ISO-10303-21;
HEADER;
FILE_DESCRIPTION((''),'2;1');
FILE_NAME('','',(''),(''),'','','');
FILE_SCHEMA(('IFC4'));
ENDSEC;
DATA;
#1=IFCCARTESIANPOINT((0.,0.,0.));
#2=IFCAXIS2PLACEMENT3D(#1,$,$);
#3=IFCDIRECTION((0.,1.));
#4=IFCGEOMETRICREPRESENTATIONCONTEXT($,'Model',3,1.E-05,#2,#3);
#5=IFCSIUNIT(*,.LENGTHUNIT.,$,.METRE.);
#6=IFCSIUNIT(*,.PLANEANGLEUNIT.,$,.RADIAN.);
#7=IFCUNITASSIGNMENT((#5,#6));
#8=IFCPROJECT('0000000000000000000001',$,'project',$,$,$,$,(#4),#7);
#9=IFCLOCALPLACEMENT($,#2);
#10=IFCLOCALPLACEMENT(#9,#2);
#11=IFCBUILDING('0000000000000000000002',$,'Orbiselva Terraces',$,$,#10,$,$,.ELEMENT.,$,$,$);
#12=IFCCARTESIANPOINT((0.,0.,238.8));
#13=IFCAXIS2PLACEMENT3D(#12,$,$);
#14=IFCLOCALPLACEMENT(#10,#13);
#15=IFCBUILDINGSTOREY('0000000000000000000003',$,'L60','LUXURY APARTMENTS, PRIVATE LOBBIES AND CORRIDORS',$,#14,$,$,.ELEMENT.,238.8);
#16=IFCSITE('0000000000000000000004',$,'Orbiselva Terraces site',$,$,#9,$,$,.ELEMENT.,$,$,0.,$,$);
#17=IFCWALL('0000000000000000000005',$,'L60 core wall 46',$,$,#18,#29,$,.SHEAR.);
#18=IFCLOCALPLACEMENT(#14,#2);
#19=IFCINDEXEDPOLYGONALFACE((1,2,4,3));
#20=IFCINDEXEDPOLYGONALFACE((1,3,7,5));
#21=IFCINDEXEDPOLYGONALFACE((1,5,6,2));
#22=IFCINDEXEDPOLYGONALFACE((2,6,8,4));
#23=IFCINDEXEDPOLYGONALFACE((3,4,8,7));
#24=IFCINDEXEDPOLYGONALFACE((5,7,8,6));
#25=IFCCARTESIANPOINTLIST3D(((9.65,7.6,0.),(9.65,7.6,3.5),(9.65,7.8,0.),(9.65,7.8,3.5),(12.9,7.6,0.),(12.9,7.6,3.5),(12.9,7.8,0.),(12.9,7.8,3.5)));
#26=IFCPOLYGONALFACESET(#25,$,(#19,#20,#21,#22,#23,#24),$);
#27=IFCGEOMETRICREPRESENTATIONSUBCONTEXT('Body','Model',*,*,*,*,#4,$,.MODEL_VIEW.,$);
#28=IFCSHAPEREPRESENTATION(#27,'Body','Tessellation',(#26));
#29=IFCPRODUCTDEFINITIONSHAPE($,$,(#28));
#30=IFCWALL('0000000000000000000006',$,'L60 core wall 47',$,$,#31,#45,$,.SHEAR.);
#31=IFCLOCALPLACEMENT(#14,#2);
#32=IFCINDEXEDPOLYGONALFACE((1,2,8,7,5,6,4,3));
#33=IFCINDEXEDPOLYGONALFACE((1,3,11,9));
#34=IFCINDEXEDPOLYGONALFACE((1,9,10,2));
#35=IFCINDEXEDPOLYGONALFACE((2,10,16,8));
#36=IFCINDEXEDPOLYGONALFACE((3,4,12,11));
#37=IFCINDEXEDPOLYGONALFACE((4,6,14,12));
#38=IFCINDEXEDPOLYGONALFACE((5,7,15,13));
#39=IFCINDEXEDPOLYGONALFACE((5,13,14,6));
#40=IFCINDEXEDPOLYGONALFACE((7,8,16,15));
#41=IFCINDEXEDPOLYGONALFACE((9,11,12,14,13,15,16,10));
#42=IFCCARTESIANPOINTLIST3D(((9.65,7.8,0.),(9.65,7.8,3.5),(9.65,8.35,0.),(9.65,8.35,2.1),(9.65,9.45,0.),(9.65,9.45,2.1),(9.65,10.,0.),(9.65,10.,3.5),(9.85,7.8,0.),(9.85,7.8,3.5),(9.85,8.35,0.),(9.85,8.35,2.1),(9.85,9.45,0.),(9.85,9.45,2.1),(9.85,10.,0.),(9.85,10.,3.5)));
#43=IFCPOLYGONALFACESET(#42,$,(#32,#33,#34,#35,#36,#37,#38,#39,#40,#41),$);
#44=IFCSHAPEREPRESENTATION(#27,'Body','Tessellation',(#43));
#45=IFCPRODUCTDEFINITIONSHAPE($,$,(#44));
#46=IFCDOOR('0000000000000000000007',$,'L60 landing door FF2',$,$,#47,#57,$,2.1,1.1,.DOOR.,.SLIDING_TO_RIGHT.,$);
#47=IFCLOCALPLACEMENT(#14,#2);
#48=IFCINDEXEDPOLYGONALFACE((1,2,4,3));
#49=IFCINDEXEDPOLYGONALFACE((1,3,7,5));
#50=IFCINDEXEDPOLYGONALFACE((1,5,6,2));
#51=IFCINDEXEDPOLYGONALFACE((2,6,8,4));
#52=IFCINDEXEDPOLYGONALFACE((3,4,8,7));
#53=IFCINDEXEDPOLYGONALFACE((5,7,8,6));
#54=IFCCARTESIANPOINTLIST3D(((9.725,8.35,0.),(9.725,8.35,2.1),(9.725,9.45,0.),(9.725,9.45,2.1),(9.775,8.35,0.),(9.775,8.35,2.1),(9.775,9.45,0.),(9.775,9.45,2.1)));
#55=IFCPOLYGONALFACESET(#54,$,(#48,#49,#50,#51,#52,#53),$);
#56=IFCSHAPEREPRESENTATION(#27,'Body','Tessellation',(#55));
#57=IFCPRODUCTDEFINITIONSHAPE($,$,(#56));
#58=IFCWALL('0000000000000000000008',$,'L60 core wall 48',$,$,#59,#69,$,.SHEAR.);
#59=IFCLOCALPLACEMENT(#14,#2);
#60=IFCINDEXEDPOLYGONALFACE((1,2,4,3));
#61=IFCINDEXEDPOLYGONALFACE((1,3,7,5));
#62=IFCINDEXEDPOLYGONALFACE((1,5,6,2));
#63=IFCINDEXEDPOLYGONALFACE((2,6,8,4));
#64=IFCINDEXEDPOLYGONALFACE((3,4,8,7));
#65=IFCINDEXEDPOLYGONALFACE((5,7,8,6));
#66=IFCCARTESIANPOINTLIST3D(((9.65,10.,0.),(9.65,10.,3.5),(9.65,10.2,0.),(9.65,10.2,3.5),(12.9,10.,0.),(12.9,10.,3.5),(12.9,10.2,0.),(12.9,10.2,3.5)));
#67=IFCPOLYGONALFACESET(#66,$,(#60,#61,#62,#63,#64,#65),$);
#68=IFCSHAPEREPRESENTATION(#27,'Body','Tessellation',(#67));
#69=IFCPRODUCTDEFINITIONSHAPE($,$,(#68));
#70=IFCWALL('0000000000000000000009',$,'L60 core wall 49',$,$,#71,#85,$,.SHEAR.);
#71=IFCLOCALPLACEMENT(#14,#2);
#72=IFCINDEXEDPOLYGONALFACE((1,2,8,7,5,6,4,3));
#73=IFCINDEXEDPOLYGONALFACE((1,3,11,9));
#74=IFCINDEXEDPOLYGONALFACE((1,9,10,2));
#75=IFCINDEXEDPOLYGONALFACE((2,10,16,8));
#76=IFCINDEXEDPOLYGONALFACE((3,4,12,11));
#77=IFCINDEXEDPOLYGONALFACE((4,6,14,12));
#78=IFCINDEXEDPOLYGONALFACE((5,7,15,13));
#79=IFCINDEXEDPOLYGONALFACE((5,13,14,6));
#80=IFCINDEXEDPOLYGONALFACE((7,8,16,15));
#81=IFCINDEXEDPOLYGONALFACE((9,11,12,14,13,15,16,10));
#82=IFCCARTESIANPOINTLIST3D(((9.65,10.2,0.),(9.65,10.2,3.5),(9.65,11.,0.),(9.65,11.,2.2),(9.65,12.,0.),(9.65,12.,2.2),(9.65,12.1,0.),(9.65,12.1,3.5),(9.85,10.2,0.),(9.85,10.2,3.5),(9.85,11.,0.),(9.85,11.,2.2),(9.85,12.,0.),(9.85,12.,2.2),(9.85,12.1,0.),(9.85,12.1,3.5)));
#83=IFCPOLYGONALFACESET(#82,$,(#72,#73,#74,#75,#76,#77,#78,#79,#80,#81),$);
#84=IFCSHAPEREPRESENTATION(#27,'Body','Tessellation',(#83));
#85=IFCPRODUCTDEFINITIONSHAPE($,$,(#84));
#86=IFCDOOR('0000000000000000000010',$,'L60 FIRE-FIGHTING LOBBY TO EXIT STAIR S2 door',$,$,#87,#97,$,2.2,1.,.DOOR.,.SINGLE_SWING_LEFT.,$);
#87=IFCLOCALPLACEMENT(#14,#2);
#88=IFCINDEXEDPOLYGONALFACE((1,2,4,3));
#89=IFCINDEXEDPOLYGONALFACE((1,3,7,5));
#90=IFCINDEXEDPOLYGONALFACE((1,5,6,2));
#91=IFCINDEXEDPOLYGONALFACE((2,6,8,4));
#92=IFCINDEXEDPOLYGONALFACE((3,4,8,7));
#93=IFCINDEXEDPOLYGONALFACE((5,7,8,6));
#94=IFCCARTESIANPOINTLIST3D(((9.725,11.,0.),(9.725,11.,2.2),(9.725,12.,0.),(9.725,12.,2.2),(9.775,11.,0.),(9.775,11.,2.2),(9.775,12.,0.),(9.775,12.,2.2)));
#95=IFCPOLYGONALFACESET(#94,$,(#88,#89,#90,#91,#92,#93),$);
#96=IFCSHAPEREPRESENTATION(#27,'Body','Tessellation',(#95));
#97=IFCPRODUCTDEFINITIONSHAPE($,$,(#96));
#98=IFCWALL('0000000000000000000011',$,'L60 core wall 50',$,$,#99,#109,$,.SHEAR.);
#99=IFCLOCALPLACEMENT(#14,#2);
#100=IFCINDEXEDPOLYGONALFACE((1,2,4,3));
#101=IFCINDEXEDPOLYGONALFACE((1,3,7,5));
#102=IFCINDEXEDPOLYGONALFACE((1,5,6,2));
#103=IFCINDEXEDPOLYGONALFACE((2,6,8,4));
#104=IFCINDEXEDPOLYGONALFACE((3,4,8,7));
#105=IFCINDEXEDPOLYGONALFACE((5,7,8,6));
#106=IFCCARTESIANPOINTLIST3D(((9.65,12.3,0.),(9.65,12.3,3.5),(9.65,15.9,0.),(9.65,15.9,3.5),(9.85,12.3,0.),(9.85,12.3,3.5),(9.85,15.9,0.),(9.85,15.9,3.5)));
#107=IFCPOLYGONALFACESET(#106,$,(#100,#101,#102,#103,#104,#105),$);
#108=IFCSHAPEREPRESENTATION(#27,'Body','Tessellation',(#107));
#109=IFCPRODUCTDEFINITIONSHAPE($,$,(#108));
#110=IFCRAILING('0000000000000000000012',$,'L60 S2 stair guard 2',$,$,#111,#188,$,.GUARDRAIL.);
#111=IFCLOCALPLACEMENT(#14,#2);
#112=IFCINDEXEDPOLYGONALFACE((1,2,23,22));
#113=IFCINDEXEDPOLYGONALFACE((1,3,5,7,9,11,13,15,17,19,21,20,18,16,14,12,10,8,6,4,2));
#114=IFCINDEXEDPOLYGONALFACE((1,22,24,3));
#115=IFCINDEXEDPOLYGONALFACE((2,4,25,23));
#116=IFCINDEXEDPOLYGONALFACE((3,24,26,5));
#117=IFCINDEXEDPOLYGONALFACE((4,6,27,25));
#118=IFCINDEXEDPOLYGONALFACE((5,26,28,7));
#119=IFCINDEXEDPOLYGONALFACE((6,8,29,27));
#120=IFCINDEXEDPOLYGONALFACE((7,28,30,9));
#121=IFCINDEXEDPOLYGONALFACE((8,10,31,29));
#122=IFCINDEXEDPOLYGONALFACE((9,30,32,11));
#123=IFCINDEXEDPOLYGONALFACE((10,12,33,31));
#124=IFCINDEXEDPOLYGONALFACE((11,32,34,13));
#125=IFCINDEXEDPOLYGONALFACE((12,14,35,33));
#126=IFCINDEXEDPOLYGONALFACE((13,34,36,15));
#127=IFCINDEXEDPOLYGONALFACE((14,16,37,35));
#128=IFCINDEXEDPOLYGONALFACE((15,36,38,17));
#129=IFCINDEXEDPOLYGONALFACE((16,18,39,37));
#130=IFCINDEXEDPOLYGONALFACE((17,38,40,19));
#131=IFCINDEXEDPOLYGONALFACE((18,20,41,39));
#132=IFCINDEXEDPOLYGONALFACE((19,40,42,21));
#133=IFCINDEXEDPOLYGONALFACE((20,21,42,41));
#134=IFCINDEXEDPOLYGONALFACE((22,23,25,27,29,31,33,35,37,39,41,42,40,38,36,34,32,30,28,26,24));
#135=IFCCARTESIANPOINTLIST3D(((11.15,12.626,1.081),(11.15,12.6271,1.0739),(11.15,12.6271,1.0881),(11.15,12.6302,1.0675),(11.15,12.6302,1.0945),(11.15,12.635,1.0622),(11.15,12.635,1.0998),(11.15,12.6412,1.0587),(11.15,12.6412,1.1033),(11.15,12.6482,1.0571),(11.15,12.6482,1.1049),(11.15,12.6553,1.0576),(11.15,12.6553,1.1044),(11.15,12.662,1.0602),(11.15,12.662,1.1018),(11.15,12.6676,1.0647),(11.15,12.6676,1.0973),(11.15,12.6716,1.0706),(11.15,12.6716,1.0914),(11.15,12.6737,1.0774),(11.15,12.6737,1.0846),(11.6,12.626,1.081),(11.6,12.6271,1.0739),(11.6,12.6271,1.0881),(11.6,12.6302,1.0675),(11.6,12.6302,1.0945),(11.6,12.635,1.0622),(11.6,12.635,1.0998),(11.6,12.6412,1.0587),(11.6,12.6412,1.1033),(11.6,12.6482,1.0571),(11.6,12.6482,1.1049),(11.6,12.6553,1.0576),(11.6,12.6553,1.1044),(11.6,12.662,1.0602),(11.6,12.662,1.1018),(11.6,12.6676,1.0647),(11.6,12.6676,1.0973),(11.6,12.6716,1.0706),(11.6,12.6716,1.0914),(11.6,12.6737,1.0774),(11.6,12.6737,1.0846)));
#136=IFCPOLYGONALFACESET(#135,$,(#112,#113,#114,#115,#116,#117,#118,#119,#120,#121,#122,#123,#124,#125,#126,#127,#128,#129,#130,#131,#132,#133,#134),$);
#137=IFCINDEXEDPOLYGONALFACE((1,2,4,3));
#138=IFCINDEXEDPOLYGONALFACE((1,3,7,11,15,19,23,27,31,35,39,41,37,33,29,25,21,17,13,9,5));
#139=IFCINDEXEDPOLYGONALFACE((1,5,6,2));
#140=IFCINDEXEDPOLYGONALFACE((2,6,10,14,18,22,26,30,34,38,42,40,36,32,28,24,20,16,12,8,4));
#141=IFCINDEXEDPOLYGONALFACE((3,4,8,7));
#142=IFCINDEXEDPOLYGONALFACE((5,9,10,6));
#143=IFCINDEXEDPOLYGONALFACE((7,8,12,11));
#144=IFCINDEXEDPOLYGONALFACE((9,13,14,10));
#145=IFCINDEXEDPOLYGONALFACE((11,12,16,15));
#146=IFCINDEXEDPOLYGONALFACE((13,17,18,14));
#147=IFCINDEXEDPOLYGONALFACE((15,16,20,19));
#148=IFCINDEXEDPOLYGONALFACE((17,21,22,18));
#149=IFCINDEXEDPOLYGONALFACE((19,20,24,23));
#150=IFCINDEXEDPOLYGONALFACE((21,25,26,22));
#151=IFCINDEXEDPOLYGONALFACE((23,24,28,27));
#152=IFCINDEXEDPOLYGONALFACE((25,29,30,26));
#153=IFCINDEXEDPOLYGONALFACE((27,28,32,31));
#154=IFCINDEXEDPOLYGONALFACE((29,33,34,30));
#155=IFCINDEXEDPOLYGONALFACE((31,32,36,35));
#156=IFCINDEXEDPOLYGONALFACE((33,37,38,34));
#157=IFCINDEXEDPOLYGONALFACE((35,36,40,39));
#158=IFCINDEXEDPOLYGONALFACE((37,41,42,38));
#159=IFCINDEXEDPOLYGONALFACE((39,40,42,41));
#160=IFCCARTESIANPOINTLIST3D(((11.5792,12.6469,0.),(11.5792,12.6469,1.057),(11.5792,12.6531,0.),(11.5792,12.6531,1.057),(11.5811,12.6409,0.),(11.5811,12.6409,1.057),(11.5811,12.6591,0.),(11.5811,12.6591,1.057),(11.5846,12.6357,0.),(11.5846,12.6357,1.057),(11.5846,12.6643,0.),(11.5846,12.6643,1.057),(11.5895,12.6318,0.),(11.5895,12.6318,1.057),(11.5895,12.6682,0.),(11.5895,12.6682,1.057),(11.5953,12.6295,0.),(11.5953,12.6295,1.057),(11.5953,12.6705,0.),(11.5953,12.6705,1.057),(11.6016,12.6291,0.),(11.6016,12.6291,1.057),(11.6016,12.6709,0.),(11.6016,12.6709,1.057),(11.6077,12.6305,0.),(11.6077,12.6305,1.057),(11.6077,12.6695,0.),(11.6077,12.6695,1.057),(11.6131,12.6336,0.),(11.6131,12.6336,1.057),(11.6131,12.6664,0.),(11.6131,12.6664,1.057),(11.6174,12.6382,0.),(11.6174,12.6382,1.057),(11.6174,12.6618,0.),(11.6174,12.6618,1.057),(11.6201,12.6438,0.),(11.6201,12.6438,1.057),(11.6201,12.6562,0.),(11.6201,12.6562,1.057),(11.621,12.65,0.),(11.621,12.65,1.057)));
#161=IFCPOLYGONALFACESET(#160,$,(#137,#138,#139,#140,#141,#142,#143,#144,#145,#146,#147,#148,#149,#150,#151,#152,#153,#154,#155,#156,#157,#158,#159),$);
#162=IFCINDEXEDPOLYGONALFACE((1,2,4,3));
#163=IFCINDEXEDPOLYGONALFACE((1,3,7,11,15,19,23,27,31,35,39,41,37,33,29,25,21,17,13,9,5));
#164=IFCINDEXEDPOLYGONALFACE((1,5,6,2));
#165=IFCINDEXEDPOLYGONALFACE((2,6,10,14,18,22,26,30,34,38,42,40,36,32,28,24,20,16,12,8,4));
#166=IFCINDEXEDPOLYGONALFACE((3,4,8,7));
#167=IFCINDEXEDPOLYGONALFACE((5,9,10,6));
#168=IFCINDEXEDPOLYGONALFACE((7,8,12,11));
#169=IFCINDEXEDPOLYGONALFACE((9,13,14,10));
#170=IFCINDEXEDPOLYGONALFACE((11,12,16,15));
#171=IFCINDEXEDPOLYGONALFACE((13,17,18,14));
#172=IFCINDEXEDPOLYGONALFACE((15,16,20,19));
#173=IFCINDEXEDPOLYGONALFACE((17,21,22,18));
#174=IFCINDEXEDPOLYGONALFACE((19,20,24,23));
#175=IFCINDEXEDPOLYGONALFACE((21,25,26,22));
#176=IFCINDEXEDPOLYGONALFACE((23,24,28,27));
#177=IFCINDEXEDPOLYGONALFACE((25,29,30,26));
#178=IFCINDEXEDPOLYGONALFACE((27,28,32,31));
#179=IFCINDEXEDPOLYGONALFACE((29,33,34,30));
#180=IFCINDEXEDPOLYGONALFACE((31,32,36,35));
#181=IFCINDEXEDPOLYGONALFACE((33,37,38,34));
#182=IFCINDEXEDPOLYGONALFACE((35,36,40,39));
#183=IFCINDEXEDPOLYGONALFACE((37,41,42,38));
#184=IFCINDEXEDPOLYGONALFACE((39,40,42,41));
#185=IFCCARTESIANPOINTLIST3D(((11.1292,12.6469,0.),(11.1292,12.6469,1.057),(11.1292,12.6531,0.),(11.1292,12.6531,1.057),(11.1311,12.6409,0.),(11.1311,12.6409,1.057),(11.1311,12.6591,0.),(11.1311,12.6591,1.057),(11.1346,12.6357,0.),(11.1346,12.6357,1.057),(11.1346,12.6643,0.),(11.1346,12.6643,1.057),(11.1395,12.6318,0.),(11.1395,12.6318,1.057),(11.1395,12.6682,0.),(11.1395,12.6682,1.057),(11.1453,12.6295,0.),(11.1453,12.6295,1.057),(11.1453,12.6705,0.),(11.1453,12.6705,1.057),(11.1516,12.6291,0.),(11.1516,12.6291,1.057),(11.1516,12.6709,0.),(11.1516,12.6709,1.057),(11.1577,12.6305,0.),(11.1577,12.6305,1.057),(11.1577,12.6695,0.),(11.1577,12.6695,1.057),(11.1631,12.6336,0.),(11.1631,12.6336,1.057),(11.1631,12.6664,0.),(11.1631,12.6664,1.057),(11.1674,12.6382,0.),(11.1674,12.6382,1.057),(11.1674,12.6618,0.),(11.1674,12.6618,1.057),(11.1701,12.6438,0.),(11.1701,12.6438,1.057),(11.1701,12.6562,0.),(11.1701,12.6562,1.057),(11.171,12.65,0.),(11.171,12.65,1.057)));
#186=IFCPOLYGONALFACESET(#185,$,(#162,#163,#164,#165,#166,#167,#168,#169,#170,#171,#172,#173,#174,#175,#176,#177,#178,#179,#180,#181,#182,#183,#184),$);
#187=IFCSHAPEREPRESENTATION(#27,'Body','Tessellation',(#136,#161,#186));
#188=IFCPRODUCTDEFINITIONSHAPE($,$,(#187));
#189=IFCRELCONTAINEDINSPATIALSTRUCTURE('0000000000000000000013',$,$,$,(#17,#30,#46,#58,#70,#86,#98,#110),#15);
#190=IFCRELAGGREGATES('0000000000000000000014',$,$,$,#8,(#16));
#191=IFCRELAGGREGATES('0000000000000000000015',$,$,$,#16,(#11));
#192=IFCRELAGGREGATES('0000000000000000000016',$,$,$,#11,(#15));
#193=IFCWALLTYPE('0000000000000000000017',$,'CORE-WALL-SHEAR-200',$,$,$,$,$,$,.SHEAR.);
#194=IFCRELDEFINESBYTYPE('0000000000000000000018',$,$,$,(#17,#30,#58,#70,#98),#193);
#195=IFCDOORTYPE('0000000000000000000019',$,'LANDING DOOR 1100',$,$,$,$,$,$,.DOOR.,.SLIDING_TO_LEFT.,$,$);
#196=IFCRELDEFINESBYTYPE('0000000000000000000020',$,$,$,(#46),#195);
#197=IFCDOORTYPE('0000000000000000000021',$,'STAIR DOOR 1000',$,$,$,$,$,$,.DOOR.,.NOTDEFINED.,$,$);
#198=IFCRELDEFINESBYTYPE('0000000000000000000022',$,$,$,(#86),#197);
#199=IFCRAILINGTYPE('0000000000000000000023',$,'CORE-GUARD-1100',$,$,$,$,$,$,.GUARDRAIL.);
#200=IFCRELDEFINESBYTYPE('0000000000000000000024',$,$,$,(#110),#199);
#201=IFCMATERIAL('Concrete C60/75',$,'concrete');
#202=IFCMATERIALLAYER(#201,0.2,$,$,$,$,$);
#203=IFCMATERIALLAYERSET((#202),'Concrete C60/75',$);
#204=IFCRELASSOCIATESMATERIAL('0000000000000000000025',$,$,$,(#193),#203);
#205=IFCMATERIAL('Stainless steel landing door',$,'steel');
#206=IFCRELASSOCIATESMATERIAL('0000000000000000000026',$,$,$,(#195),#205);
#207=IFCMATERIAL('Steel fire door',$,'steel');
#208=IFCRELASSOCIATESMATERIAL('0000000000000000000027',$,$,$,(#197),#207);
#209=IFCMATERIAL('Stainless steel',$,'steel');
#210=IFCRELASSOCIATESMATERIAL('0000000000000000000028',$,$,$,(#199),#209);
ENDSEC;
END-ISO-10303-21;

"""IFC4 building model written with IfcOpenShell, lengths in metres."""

from ifc_helpers import new_model, si_unit, direction, frame, frame_2d, origin, origin_2d, place, context, subcontext, project, spatial, rectangle, circle, extrude, material, layer, layer_set, type_object, element, fill, save


model = new_model("IFC4")

# Units and contexts
model_context = context("Model", 3, precision=1e-05, world=origin(), true_north=direction((0.0, 1.0)))
body_context = subcontext(model_context, "Body", "Model", "MODEL_VIEW")
ifc_project = project(units=[si_unit("LENGTHUNIT", "METRE"), si_unit("PLANEANGLEUNIT", "RADIAN")], contexts=[model_context])

# Site, building, storey
site_placement = place(None, origin())
site = spatial("IfcSite", under=ifc_project, at=site_placement, Name="Orbiselva Terraces site", CompositionType="ELEMENT", RefElevation=0.0)
building_placement = place(site_placement, origin())
building = spatial("IfcBuilding", under=site, at=building_placement, Name="Orbiselva Terraces", CompositionType="ELEMENT")
storey_placement = place(building_placement, frame((0.0, 0.0, 238.8)))
storey = spatial("IfcBuildingStorey", under=building, at=storey_placement, Name="L60", Description="LUXURY APARTMENTS, PRIVATE LOBBIES AND CORRIDORS", CompositionType="ELEMENT", Elevation=238.8)

# Shared definitions
ifc_material_1 = material(Name="Steel fire door", Category="steel")

# Shared definitions
ifc_material_2 = material(Name="Concrete C60/75", Category="concrete")
ifc_layer_1 = layer(ifc_material_2, 0.2)
ifc_layer_set_1 = layer_set([ifc_layer_1], Name="Concrete C60/75")
wall_type_1 = type_object("IfcWallType", Name="CORE-WALL-SHEAR-200", PredefinedType="SHEAR", material=ifc_layer_set_1)

# Shared definitions
ifc_material_3 = material(Name="Stainless steel landing door", Category="steel")
door_type_1 = type_object("IfcDoorType", Name="LANDING DOOR 1100", OperationType="SLIDING_TO_LEFT", PredefinedType="DOOR", material=ifc_material_3)

# Wall
wall_1_placement = place(storey_placement, frame((9.65, 7.7, 0.0), z_axis=(0.0, 0.0, 1.0), x_axis=(1.0, 0.0, 0.0)))
element("IfcWall", 1, at=wall_1_placement, inside=storey, type_object=wall_type_1, Name="L60 core wall 46", PredefinedType="SHEAR", context=body_context, shape_type="SweptSolid", body=[
    extrude(rectangle(XDim=3.25, YDim=0.2, at=frame_2d((1.625, 0.0))), origin(), (0.0, 0.0, 1.0), 3.5),
])

# Wall, opening, door
wall_2_placement = place(storey_placement, frame((9.75, 7.8, 0.0), z_axis=(0.0, 0.0, 1.0), x_axis=(0.0, 1.0, 0.0)))
wall_2 = element("IfcWall", 2, at=wall_2_placement, inside=storey, type_object=wall_type_1, Name="L60 core wall 47", PredefinedType="SHEAR", context=body_context, shape_type="SweptSolid", body=[
    extrude(rectangle(XDim=2.2, YDim=0.2, at=frame_2d((1.1, 0.0))), origin(), (0.0, 0.0, 1.0), 3.5),
])
opening_1_placement = place(wall_2_placement, frame((0.55, 0.0, 0.0)))
opening_1 = element("IfcOpeningElement", 3, at=opening_1_placement, cuts=wall_2, PredefinedType="OPENING", context=body_context, shape_type="SweptSolid", body=[
    extrude(rectangle(XDim=1.1, YDim=2.1, at=frame_2d((0.55, 1.05))), frame((0.0, 0.11, 0.0), z_axis=(0.0, -1.0, 0.0), x_axis=(1.0, 0.0, 0.0)), (0.0, 0.0, 1.0), 0.22),
])
door_1_placement = place(opening_1_placement, origin())
door_1 = element("IfcDoor", 4, at=door_1_placement, inside=storey, type_object=door_type_1, Name="L60 landing door FF2", OperationType="SLIDING_TO_RIGHT", OverallHeight=2.1, OverallWidth=1.1, PredefinedType="DOOR", context=body_context, shape_type="SweptSolid", body=[
    extrude(rectangle(XDim=1.1, YDim=2.1, at=frame_2d((0.55, 1.05))), frame((0.0, 0.025, 0.0), z_axis=(0.0, -1.0, 0.0), x_axis=(1.0, 0.0, 0.0)), (0.0, 0.0, 1.0), 0.05),
])
fill(opening_1, door_1)

# Wall
wall_3_placement = place(storey_placement, frame((9.65, 10.1, 0.0), z_axis=(0.0, 0.0, 1.0), x_axis=(1.0, 0.0, 0.0)))
element("IfcWall", 5, at=wall_3_placement, inside=storey, type_object=wall_type_1, Name="L60 core wall 48", PredefinedType="SHEAR", context=body_context, shape_type="SweptSolid", body=[
    extrude(rectangle(XDim=3.25, YDim=0.2, at=frame_2d((1.625, 0.0))), origin(), (0.0, 0.0, 1.0), 3.5),
])

# Wall, opening, door
wall_4_placement = place(storey_placement, frame((9.75, 12.1, 0.0), z_axis=(0.0, 0.0, 1.0), x_axis=(0.0, -1.0, 0.0)))
wall_4 = element("IfcWall", 6, at=wall_4_placement, inside=storey, type_object=wall_type_1, Name="L60 core wall 49", PredefinedType="SHEAR", context=body_context, shape_type="SweptSolid", body=[
    extrude(rectangle(XDim=1.9, YDim=0.2, at=frame_2d((0.95, 0.0))), origin(), (0.0, 0.0, 1.0), 3.5),
])
opening_2_placement = place(wall_4_placement, frame((0.1, 0.0, 0.0)))
opening_2 = element("IfcOpeningElement", 7, at=opening_2_placement, cuts=wall_4, PredefinedType="OPENING", context=body_context, shape_type="SweptSolid", body=[
    extrude(rectangle(XDim=1.0, YDim=2.2, at=frame_2d((0.5, 1.1))), frame((0.0, 0.11, 0.0), z_axis=(0.0, -1.0, 0.0), x_axis=(1.0, 0.0, 0.0)), (0.0, 0.0, 1.0), 0.22),
])
door_type_2 = type_object("IfcDoorType", Name="STAIR DOOR 1000", OperationType="NOTDEFINED", PredefinedType="DOOR", material=ifc_material_1)
door_2_placement = place(opening_2_placement, origin())
door_2 = element("IfcDoor", 8, at=door_2_placement, inside=storey, type_object=door_type_2, Name="L60 FIRE-FIGHTING LOBBY TO EXIT STAIR S2 door", OperationType="SINGLE_SWING_LEFT", OverallHeight=2.2, OverallWidth=1.0, PredefinedType="DOOR", context=body_context, shape_type="SweptSolid", body=[
    extrude(rectangle(XDim=1.0, YDim=2.2, at=frame_2d((0.5, 1.1))), frame((0.0, 0.025, 0.0), z_axis=(0.0, -1.0, 0.0), x_axis=(1.0, 0.0, 0.0)), (0.0, 0.0, 1.0), 0.05),
])
fill(opening_2, door_2)

# Wall
wall_5_placement = place(storey_placement, frame((9.75, 12.3, 0.0), z_axis=(0.0, 0.0, 1.0), x_axis=(0.0, 1.0, 0.0)))
element("IfcWall", 9, at=wall_5_placement, inside=storey, type_object=wall_type_1, Name="L60 core wall 50", PredefinedType="SHEAR", context=body_context, shape_type="SweptSolid", body=[
    extrude(rectangle(XDim=3.6, YDim=0.2, at=frame_2d((1.8, 0.0))), origin(), (0.0, 0.0, 1.0), 3.5),
])

# Railing
ifc_material_4 = material(Name="Stainless steel", Category="steel")
railing_type = type_object("IfcRailingType", Name="CORE-GUARD-1100", PredefinedType="GUARDRAIL", material=ifc_material_4)
railing_1_placement = place(storey_placement, frame((11.6, 12.65, 0.0)))
element("IfcRailing", 10, at=railing_1_placement, inside=storey, type_object=railing_type, Name="L60 S2 stair guard 2", PredefinedType="GUARDRAIL", context=body_context, shape_type="SweptSolid", body=[
    extrude(circle(Radius=0.024, at=origin_2d()), frame((0.0, 0.0, 1.081), z_axis=(-1.0, 0.0, 0.0), x_axis=(0.0, -1.0, 0.0)), (0.0, 0.0, 1.0), 0.45),
    extrude(circle(Radius=0.021, at=origin_2d()), origin(), (0.0, 0.0, 1.0), 1.057),
    extrude(circle(Radius=0.021, at=origin_2d()), frame((-0.45, 0.0, 0.0)), (0.0, 0.0, 1.0), 1.057),
])

save(model, "model.ifc")
